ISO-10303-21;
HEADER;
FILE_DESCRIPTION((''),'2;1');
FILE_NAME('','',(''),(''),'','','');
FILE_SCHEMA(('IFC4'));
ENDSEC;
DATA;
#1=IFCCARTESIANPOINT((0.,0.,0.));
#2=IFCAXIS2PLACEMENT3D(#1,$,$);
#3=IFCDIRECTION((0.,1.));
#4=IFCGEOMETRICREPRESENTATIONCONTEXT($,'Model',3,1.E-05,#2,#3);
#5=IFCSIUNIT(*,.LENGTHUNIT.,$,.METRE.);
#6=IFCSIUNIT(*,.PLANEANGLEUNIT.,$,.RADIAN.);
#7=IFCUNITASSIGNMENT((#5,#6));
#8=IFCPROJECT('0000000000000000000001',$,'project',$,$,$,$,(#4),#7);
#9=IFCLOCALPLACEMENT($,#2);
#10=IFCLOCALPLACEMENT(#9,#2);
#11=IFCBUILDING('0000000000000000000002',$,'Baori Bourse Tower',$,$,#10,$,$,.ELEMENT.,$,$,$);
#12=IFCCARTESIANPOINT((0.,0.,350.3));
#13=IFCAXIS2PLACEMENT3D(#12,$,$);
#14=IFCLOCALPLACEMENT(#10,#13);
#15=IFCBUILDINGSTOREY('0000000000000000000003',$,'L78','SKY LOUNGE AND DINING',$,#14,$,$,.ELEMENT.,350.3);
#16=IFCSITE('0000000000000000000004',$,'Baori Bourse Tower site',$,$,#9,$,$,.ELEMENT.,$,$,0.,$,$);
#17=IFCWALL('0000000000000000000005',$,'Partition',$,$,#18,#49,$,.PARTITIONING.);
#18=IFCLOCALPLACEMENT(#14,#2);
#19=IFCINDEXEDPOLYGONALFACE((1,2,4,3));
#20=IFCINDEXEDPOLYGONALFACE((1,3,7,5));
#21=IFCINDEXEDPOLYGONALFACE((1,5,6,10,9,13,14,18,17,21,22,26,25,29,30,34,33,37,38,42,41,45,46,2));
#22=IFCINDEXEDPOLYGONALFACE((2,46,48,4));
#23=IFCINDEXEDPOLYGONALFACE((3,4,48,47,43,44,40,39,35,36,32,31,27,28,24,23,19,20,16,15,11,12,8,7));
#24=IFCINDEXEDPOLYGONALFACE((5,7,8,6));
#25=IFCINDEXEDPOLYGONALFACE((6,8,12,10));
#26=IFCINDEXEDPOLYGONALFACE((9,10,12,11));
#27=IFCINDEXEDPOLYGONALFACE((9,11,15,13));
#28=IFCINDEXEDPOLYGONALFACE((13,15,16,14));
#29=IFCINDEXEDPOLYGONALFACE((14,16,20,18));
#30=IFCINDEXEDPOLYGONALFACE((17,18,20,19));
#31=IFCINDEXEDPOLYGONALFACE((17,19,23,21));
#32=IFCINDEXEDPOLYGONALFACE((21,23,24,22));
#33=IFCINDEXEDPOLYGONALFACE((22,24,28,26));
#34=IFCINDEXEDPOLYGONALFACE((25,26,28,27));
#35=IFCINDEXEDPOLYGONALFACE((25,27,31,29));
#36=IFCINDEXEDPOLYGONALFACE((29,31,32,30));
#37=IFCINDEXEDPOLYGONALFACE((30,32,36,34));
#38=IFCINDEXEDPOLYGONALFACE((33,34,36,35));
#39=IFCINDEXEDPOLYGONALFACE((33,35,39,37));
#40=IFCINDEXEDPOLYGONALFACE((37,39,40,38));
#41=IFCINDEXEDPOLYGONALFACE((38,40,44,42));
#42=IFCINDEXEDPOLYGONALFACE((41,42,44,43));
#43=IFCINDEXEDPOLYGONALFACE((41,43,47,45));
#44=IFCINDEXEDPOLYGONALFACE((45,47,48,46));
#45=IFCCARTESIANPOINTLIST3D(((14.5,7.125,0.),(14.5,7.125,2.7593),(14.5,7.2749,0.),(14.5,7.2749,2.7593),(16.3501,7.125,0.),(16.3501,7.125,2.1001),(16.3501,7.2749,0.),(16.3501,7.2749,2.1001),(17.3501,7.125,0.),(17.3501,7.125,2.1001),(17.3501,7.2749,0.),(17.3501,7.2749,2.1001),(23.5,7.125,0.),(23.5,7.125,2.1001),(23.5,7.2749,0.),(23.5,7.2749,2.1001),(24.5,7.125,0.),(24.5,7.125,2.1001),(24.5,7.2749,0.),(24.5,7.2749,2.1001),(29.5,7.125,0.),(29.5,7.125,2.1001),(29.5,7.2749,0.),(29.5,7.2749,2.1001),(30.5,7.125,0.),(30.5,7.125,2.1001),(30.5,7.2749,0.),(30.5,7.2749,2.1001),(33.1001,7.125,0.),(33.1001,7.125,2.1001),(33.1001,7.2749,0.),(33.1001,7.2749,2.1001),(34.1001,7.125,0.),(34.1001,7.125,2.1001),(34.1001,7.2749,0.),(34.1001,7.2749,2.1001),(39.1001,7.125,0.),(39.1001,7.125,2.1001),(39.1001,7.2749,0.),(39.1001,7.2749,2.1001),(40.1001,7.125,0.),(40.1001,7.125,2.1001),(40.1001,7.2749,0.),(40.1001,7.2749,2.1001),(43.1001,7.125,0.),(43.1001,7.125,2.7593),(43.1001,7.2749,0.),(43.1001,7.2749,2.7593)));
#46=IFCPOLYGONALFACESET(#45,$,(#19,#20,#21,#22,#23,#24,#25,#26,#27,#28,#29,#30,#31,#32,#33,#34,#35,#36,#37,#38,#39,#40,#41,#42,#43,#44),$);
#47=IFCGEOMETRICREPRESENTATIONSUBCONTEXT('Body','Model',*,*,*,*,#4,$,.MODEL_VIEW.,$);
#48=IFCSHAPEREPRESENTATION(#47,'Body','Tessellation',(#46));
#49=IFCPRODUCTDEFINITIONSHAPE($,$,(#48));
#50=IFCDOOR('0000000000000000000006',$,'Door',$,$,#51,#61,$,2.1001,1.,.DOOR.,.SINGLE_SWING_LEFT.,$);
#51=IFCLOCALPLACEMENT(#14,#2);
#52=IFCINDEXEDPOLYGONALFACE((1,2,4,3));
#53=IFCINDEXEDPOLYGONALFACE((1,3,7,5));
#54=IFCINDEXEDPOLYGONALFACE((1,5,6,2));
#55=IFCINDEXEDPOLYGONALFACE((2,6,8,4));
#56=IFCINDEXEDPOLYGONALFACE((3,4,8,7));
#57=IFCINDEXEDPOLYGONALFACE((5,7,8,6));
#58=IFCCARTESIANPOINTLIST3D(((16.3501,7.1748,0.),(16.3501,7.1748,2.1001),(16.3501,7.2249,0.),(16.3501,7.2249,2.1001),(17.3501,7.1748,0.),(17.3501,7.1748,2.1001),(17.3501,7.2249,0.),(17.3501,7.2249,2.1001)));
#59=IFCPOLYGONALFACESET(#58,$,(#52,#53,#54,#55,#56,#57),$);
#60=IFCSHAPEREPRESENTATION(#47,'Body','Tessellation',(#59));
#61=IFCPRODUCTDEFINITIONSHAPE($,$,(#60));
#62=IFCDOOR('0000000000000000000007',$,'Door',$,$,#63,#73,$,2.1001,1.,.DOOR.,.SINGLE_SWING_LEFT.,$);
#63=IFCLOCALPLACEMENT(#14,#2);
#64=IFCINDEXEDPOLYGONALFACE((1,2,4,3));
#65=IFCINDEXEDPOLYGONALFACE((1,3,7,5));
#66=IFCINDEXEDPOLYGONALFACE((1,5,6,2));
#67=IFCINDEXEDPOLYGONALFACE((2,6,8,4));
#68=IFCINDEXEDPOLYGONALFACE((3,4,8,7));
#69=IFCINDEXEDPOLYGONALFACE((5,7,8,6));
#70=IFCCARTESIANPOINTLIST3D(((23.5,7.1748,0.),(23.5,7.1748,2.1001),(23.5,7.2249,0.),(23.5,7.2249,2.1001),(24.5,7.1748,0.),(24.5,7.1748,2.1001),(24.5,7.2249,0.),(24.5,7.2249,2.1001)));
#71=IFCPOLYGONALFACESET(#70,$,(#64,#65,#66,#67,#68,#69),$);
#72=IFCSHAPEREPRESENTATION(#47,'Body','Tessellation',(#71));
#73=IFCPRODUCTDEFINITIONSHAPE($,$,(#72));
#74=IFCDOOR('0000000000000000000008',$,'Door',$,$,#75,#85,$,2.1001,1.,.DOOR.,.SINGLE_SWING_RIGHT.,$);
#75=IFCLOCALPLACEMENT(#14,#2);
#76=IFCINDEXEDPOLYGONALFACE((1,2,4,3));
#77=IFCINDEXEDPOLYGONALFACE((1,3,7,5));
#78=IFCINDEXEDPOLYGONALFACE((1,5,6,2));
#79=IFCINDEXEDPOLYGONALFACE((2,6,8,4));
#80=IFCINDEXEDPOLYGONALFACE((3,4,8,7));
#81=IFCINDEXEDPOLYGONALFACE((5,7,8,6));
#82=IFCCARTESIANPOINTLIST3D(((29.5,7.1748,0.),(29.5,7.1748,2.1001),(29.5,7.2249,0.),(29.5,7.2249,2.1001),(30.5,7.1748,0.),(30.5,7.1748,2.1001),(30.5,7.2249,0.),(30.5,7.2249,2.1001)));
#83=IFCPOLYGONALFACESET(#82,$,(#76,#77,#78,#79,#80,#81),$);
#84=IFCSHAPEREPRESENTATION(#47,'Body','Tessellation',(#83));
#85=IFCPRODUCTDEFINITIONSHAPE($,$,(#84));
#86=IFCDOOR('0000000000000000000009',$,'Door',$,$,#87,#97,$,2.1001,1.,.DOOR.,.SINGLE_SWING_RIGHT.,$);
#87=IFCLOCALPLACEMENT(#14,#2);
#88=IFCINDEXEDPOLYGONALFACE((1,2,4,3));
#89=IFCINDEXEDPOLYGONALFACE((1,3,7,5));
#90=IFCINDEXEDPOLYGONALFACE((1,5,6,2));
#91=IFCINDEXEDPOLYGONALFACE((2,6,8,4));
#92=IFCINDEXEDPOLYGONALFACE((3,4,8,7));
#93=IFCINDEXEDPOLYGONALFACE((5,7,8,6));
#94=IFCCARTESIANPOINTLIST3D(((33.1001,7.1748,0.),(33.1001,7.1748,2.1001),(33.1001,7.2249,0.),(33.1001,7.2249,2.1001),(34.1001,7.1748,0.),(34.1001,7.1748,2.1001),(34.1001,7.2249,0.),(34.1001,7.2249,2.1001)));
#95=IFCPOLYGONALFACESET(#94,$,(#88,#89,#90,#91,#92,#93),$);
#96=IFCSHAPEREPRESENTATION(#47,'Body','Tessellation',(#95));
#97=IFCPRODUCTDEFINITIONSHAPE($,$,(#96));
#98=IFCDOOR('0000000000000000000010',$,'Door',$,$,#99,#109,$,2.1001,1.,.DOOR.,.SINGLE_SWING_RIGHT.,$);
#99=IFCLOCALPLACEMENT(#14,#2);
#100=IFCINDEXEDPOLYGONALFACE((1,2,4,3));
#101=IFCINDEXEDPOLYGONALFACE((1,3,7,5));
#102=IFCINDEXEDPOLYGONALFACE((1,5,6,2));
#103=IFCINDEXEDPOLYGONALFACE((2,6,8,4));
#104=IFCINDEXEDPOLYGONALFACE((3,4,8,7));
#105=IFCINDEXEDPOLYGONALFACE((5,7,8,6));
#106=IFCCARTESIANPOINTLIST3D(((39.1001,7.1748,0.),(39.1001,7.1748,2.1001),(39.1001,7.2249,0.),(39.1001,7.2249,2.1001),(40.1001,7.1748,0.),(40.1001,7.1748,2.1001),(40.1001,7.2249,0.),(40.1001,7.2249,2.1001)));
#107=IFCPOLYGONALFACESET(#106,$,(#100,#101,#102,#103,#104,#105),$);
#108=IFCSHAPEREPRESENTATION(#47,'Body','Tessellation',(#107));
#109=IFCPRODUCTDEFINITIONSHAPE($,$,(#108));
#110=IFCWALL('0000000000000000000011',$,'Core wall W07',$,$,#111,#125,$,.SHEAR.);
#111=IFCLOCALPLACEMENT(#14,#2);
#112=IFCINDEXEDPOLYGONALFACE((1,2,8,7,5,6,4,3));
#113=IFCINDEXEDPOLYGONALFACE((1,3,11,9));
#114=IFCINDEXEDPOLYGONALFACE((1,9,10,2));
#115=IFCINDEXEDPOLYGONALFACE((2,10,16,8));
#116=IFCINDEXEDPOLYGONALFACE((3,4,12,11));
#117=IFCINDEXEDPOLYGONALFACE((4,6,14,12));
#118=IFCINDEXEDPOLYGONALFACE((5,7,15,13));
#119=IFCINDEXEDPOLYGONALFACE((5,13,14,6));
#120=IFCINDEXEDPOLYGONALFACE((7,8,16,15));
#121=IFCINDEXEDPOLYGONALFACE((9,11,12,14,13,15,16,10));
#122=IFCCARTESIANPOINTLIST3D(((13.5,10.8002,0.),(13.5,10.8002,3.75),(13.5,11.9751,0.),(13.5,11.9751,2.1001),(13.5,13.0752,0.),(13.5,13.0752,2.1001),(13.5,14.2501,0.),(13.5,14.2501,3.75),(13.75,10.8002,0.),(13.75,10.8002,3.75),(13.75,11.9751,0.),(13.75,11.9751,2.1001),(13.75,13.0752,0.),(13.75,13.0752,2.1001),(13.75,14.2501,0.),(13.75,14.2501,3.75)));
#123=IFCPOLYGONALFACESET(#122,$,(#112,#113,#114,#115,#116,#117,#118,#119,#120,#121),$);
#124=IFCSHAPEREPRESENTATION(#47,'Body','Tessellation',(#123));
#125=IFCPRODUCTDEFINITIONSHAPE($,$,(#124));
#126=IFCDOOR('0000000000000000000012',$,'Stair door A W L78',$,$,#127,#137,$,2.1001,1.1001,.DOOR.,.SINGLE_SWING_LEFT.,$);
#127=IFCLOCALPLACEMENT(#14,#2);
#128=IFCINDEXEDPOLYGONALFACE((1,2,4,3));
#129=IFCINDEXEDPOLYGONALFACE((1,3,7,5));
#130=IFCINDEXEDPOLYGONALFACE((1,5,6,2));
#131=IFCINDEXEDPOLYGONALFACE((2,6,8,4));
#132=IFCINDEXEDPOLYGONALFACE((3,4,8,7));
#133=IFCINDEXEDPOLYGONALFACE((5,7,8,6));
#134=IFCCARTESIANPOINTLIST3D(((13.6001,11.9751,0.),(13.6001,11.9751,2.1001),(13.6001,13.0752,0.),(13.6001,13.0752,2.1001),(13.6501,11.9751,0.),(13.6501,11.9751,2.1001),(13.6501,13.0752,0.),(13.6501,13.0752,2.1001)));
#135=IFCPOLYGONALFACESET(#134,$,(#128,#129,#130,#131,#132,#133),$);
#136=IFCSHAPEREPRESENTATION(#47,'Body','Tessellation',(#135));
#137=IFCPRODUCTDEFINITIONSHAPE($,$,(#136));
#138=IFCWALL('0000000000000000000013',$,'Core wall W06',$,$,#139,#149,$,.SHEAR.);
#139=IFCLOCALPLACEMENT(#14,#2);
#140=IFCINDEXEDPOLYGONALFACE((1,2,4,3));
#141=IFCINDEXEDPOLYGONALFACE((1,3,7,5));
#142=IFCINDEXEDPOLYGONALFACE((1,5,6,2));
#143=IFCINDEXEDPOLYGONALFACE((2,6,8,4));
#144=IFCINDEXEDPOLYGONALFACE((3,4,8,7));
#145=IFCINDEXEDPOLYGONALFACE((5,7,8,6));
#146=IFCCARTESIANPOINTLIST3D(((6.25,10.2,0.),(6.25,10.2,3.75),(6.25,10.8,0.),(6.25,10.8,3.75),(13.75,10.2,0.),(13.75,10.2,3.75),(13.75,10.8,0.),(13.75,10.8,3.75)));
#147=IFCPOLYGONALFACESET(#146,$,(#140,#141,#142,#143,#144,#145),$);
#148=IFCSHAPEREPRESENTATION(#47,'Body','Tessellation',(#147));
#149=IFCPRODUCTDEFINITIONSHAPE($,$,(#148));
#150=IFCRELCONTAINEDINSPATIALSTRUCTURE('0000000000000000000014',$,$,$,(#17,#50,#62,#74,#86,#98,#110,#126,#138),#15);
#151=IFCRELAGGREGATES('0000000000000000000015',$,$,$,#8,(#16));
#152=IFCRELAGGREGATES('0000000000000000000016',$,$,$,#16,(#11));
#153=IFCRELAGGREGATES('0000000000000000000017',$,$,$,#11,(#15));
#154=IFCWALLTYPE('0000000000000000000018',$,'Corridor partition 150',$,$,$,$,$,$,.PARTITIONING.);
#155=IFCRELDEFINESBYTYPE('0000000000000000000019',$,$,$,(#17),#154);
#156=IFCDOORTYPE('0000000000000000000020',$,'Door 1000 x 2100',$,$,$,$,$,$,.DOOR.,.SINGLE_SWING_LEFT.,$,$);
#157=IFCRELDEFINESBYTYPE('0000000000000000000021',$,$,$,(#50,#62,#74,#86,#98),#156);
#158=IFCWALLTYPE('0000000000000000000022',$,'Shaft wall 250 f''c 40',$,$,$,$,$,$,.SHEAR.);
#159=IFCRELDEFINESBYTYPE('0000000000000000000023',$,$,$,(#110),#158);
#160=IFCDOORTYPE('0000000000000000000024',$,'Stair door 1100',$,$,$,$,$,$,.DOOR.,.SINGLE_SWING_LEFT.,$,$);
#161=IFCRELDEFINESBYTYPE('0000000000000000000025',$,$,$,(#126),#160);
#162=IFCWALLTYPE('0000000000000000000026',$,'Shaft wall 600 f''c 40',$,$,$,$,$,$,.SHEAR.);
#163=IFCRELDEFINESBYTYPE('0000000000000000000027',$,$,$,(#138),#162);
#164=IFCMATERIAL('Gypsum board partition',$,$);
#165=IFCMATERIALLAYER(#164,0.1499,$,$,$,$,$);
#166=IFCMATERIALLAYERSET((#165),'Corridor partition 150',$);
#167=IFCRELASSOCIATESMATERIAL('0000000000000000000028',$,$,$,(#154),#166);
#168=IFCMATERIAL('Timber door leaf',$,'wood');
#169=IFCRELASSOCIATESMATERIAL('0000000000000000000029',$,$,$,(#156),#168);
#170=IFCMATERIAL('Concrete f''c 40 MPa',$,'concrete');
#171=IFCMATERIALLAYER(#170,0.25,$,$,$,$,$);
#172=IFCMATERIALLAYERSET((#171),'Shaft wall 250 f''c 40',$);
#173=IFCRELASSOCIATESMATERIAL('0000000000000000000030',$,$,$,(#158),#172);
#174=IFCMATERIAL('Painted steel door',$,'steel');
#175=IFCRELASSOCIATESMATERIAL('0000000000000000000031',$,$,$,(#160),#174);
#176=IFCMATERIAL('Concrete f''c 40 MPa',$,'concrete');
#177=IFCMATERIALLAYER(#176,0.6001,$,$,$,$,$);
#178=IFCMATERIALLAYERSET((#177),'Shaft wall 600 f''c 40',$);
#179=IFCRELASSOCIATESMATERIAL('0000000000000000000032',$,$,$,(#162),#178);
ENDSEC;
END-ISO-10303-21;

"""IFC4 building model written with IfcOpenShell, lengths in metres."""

from ifc_helpers import new_model, si_unit, direction, frame, frame_2d, origin, place, context, subcontext, project, spatial, rectangle, extrude, material, layer, layer_set, type_object, element, fill, save


model = new_model("IFC4")

# Units and contexts
model_context = context("Model", 3, precision=1e-05, world=origin(), true_north=direction((0.0, 1.0)))
body_context = subcontext(model_context, "Body", "Model", "MODEL_VIEW")
ifc_project = project(units=[si_unit("LENGTHUNIT", "METRE"), si_unit("PLANEANGLEUNIT", "RADIAN")], contexts=[model_context])

# Site, building, storey
site_placement = place(None, origin())
site = spatial("IfcSite", under=ifc_project, at=site_placement, Name="Baori Bourse Tower site", CompositionType="ELEMENT", RefElevation=0.0)
building_placement = place(site_placement, origin())
building = spatial("IfcBuilding", under=site, at=building_placement, Name="Baori Bourse Tower", CompositionType="ELEMENT")
storey_placement = place(building_placement, frame((0.0, 0.0, 350.3)))
storey = spatial("IfcBuildingStorey", under=building, at=storey_placement, Name="L78", Description="SKY LOUNGE AND DINING", CompositionType="ELEMENT", Elevation=350.3)

# Wall, openings, doors
ifc_material_1 = material(Name="Gypsum board partition")
ifc_layer_1 = layer(ifc_material_1, 0.1499)
ifc_layer_set_1 = layer_set([ifc_layer_1], Name="Corridor partition 150")
wall_type_1 = type_object("IfcWallType", Name="Corridor partition 150", PredefinedType="PARTITIONING", material=ifc_layer_set_1)
wall_1_placement = place(storey_placement, frame((14.5, 7.2, 0.0), z_axis=(0.0, 0.0, 1.0), x_axis=(1.0, 0.0, 0.0)))
wall_1 = element("IfcWall", 1, at=wall_1_placement, inside=storey, type_object=wall_type_1, Name="Partition", PredefinedType="PARTITIONING", context=body_context, shape_type="SweptSolid", body=[
    extrude(rectangle(XDim=28.6001, YDim=0.1499, at=frame_2d((14.3, 0.0))), origin(), (0.0, 0.0, 1.0), 2.7593),
])
opening_1_placement = place(wall_1_placement, frame((1.8501, 0.0, 0.0)))
opening_1 = element("IfcOpeningElement", 2, at=opening_1_placement, cuts=wall_1, PredefinedType="OPENING", context=body_context, shape_type="SweptSolid", body=[
    extrude(rectangle(XDim=1.0, YDim=2.1001, at=frame_2d((0.5, 1.05))), frame((0.0, 0.085, 0.0), z_axis=(0.0, -1.0, 0.0), x_axis=(1.0, 0.0, 0.0)), (0.0, 0.0, 1.0), 0.1699),
])
opening_2_placement = place(wall_1_placement, frame((9.0, 0.0, 0.0)))
opening_2 = element("IfcOpeningElement", 3, at=opening_2_placement, cuts=wall_1, PredefinedType="OPENING", context=body_context, shape_type="SweptSolid", body=[
    extrude(rectangle(XDim=1.0, YDim=2.1001, at=frame_2d((0.5, 1.05))), frame((0.0, 0.085, 0.0), z_axis=(0.0, -1.0, 0.0), x_axis=(1.0, 0.0, 0.0)), (0.0, 0.0, 1.0), 0.1699),
])
opening_3_placement = place(wall_1_placement, frame((15.0, 0.0, 0.0)))
opening_3 = element("IfcOpeningElement", 4, at=opening_3_placement, cuts=wall_1, PredefinedType="OPENING", context=body_context, shape_type="SweptSolid", body=[
    extrude(rectangle(XDim=1.0, YDim=2.1001, at=frame_2d((0.5, 1.05))), frame((0.0, 0.085, 0.0), z_axis=(0.0, -1.0, 0.0), x_axis=(1.0, 0.0, 0.0)), (0.0, 0.0, 1.0), 0.1699),
])
opening_4_placement = place(wall_1_placement, frame((18.6001, 0.0, 0.0)))
opening_4 = element("IfcOpeningElement", 5, at=opening_4_placement, cuts=wall_1, PredefinedType="OPENING", context=body_context, shape_type="SweptSolid", body=[
    extrude(rectangle(XDim=1.0, YDim=2.1001, at=frame_2d((0.5, 1.05))), frame((0.0, 0.085, 0.0), z_axis=(0.0, -1.0, 0.0), x_axis=(1.0, 0.0, 0.0)), (0.0, 0.0, 1.0), 0.1699),
])
opening_5_placement = place(wall_1_placement, frame((24.6001, 0.0, 0.0)))
opening_5 = element("IfcOpeningElement", 6, at=opening_5_placement, cuts=wall_1, PredefinedType="OPENING", context=body_context, shape_type="SweptSolid", body=[
    extrude(rectangle(XDim=1.0, YDim=2.1001, at=frame_2d((0.5, 1.05))), frame((0.0, 0.085, 0.0), z_axis=(0.0, -1.0, 0.0), x_axis=(1.0, 0.0, 0.0)), (0.0, 0.0, 1.0), 0.1699),
])
ifc_material_2 = material(Name="Timber door leaf", Category="wood")
door_type_1 = type_object("IfcDoorType", Name="Door 1000 x 2100", OperationType="SINGLE_SWING_LEFT", PredefinedType="DOOR", material=ifc_material_2)
door_1_placement = place(opening_1_placement, origin())
door_1 = element("IfcDoor", 7, at=door_1_placement, inside=storey, type_object=door_type_1, Name="Door", OperationType="SINGLE_SWING_LEFT", OverallHeight=2.1001, OverallWidth=1.0, PredefinedType="DOOR", context=body_context, shape_type="SweptSolid", body=[
    extrude(rectangle(XDim=1.0, YDim=2.1001, at=frame_2d((0.5, 1.05))), frame((0.0, 0.0249, 0.0), z_axis=(0.0, -1.0, 0.0), x_axis=(1.0, 0.0, 0.0)), (0.0, 0.0, 1.0), 0.05),
])
fill(opening_1, door_1)
door_2_placement = place(opening_2_placement, origin())
door_2 = element("IfcDoor", 8, at=door_2_placement, inside=storey, type_object=door_type_1, Name="Door", OperationType="SINGLE_SWING_LEFT", OverallHeight=2.1001, OverallWidth=1.0, PredefinedType="DOOR", context=body_context, shape_type="SweptSolid", body=[
    extrude(rectangle(XDim=1.0, YDim=2.1001, at=frame_2d((0.5, 1.05))), frame((0.0, 0.0249, 0.0), z_axis=(0.0, -1.0, 0.0), x_axis=(1.0, 0.0, 0.0)), (0.0, 0.0, 1.0), 0.05),
])
fill(opening_2, door_2)
door_3_placement = place(opening_3_placement, origin())
door_3 = element("IfcDoor", 9, at=door_3_placement, inside=storey, type_object=door_type_1, Name="Door", OperationType="SINGLE_SWING_RIGHT", OverallHeight=2.1001, OverallWidth=1.0, PredefinedType="DOOR", context=body_context, shape_type="SweptSolid", body=[
    extrude(rectangle(XDim=1.0, YDim=2.1001, at=frame_2d((0.5, 1.05))), frame((0.0, 0.0249, 0.0), z_axis=(0.0, -1.0, 0.0), x_axis=(1.0, 0.0, 0.0)), (0.0, 0.0, 1.0), 0.05),
])
fill(opening_3, door_3)
door_4_placement = place(opening_4_placement, origin())
door_4 = element("IfcDoor", 10, at=door_4_placement, inside=storey, type_object=door_type_1, Name="Door", OperationType="SINGLE_SWING_RIGHT", OverallHeight=2.1001, OverallWidth=1.0, PredefinedType="DOOR", context=body_context, shape_type="SweptSolid", body=[
    extrude(rectangle(XDim=1.0, YDim=2.1001, at=frame_2d((0.5, 1.05))), frame((0.0, 0.0249, 0.0), z_axis=(0.0, -1.0, 0.0), x_axis=(1.0, 0.0, 0.0)), (0.0, 0.0, 1.0), 0.05),
])
fill(opening_4, door_4)
door_5_placement = place(opening_5_placement, origin())
door_5 = element("IfcDoor", 11, at=door_5_placement, inside=storey, type_object=door_type_1, Name="Door", OperationType="SINGLE_SWING_RIGHT", OverallHeight=2.1001, OverallWidth=1.0, PredefinedType="DOOR", context=body_context, shape_type="SweptSolid", body=[
    extrude(rectangle(XDim=1.0, YDim=2.1001, at=frame_2d((0.5, 1.05))), frame((0.0, 0.0249, 0.0), z_axis=(0.0, -1.0, 0.0), x_axis=(1.0, 0.0, 0.0)), (0.0, 0.0, 1.0), 0.05),
])
fill(opening_5, door_5)

# Wall, opening, door
ifc_material_3 = material(Name="Concrete f'c 40 MPa", Category="concrete")
ifc_layer_2 = layer(ifc_material_3, 0.25)
ifc_layer_set_2 = layer_set([ifc_layer_2], Name="Shaft wall 250 f'c 40")
wall_type_2 = type_object("IfcWallType", Name="Shaft wall 250 f'c 40", PredefinedType="SHEAR", material=ifc_layer_set_2)
wall_2_placement = place(storey_placement, frame((13.625, 10.8, 0.0), z_axis=(0.0, 0.0, 1.0), x_axis=(0.0, 1.0, 0.0)))
wall_2 = element("IfcWall", 12, at=wall_2_placement, inside=storey, type_object=wall_type_2, Name="Core wall W07", PredefinedType="SHEAR", context=body_context, shape_type="SweptSolid", body=[
    extrude(rectangle(XDim=3.45, YDim=0.25, at=frame_2d((1.7251, 0.0))), origin(), (0.0, 0.0, 1.0), 3.75),
])
opening_6_placement = place(wall_2_placement, frame((1.175, 0.0, 0.0)))
opening_6 = element("IfcOpeningElement", 13, at=opening_6_placement, cuts=wall_2, PredefinedType="OPENING", context=body_context, shape_type="SweptSolid", body=[
    extrude(rectangle(XDim=1.1001, YDim=2.1001, at=frame_2d((0.55, 1.05))), frame((0.0, 0.135, 0.0), z_axis=(0.0, -1.0, 0.0), x_axis=(1.0, 0.0, 0.0)), (0.0, 0.0, 1.0), 0.27),
])
ifc_material_4 = material(Name="Painted steel door", Category="steel")
door_type_2 = type_object("IfcDoorType", Name="Stair door 1100", OperationType="SINGLE_SWING_LEFT", PredefinedType="DOOR", material=ifc_material_4)
door_6_placement = place(opening_6_placement, origin())
door_6 = element("IfcDoor", 14, at=door_6_placement, inside=storey, type_object=door_type_2, Name="Stair door A W L78", OperationType="SINGLE_SWING_LEFT", OverallHeight=2.1001, OverallWidth=1.1001, PredefinedType="DOOR", context=body_context, shape_type="SweptSolid", body=[
    extrude(rectangle(XDim=1.1001, YDim=2.1001, at=frame_2d((0.55, 1.05))), frame((0.0, 0.0249, 0.0), z_axis=(0.0, -1.0, 0.0), x_axis=(1.0, 0.0, 0.0)), (0.0, 0.0, 1.0), 0.05),
])
fill(opening_6, door_6)

# Wall
ifc_material_5 = material(Name="Concrete f'c 40 MPa", Category="concrete")
ifc_layer_3 = layer(ifc_material_5, 0.6001)
ifc_layer_set_3 = layer_set([ifc_layer_3], Name="Shaft wall 600 f'c 40")
wall_type_3 = type_object("IfcWallType", Name="Shaft wall 600 f'c 40", PredefinedType="SHEAR", material=ifc_layer_set_3)
wall_3_placement = place(storey_placement, frame((6.25, 10.5, 0.0), z_axis=(0.0, 0.0, 1.0), x_axis=(1.0, 0.0, 0.0)))
element("IfcWall", 15, at=wall_3_placement, inside=storey, type_object=wall_type_3, Name="Core wall W06", PredefinedType="SHEAR", context=body_context, shape_type="SweptSolid", body=[
    extrude(rectangle(XDim=7.5, YDim=0.6001, at=frame_2d((3.75, 0.0))), origin(), (0.0, 0.0, 1.0), 3.75),
])

save(model, "model.ifc")
